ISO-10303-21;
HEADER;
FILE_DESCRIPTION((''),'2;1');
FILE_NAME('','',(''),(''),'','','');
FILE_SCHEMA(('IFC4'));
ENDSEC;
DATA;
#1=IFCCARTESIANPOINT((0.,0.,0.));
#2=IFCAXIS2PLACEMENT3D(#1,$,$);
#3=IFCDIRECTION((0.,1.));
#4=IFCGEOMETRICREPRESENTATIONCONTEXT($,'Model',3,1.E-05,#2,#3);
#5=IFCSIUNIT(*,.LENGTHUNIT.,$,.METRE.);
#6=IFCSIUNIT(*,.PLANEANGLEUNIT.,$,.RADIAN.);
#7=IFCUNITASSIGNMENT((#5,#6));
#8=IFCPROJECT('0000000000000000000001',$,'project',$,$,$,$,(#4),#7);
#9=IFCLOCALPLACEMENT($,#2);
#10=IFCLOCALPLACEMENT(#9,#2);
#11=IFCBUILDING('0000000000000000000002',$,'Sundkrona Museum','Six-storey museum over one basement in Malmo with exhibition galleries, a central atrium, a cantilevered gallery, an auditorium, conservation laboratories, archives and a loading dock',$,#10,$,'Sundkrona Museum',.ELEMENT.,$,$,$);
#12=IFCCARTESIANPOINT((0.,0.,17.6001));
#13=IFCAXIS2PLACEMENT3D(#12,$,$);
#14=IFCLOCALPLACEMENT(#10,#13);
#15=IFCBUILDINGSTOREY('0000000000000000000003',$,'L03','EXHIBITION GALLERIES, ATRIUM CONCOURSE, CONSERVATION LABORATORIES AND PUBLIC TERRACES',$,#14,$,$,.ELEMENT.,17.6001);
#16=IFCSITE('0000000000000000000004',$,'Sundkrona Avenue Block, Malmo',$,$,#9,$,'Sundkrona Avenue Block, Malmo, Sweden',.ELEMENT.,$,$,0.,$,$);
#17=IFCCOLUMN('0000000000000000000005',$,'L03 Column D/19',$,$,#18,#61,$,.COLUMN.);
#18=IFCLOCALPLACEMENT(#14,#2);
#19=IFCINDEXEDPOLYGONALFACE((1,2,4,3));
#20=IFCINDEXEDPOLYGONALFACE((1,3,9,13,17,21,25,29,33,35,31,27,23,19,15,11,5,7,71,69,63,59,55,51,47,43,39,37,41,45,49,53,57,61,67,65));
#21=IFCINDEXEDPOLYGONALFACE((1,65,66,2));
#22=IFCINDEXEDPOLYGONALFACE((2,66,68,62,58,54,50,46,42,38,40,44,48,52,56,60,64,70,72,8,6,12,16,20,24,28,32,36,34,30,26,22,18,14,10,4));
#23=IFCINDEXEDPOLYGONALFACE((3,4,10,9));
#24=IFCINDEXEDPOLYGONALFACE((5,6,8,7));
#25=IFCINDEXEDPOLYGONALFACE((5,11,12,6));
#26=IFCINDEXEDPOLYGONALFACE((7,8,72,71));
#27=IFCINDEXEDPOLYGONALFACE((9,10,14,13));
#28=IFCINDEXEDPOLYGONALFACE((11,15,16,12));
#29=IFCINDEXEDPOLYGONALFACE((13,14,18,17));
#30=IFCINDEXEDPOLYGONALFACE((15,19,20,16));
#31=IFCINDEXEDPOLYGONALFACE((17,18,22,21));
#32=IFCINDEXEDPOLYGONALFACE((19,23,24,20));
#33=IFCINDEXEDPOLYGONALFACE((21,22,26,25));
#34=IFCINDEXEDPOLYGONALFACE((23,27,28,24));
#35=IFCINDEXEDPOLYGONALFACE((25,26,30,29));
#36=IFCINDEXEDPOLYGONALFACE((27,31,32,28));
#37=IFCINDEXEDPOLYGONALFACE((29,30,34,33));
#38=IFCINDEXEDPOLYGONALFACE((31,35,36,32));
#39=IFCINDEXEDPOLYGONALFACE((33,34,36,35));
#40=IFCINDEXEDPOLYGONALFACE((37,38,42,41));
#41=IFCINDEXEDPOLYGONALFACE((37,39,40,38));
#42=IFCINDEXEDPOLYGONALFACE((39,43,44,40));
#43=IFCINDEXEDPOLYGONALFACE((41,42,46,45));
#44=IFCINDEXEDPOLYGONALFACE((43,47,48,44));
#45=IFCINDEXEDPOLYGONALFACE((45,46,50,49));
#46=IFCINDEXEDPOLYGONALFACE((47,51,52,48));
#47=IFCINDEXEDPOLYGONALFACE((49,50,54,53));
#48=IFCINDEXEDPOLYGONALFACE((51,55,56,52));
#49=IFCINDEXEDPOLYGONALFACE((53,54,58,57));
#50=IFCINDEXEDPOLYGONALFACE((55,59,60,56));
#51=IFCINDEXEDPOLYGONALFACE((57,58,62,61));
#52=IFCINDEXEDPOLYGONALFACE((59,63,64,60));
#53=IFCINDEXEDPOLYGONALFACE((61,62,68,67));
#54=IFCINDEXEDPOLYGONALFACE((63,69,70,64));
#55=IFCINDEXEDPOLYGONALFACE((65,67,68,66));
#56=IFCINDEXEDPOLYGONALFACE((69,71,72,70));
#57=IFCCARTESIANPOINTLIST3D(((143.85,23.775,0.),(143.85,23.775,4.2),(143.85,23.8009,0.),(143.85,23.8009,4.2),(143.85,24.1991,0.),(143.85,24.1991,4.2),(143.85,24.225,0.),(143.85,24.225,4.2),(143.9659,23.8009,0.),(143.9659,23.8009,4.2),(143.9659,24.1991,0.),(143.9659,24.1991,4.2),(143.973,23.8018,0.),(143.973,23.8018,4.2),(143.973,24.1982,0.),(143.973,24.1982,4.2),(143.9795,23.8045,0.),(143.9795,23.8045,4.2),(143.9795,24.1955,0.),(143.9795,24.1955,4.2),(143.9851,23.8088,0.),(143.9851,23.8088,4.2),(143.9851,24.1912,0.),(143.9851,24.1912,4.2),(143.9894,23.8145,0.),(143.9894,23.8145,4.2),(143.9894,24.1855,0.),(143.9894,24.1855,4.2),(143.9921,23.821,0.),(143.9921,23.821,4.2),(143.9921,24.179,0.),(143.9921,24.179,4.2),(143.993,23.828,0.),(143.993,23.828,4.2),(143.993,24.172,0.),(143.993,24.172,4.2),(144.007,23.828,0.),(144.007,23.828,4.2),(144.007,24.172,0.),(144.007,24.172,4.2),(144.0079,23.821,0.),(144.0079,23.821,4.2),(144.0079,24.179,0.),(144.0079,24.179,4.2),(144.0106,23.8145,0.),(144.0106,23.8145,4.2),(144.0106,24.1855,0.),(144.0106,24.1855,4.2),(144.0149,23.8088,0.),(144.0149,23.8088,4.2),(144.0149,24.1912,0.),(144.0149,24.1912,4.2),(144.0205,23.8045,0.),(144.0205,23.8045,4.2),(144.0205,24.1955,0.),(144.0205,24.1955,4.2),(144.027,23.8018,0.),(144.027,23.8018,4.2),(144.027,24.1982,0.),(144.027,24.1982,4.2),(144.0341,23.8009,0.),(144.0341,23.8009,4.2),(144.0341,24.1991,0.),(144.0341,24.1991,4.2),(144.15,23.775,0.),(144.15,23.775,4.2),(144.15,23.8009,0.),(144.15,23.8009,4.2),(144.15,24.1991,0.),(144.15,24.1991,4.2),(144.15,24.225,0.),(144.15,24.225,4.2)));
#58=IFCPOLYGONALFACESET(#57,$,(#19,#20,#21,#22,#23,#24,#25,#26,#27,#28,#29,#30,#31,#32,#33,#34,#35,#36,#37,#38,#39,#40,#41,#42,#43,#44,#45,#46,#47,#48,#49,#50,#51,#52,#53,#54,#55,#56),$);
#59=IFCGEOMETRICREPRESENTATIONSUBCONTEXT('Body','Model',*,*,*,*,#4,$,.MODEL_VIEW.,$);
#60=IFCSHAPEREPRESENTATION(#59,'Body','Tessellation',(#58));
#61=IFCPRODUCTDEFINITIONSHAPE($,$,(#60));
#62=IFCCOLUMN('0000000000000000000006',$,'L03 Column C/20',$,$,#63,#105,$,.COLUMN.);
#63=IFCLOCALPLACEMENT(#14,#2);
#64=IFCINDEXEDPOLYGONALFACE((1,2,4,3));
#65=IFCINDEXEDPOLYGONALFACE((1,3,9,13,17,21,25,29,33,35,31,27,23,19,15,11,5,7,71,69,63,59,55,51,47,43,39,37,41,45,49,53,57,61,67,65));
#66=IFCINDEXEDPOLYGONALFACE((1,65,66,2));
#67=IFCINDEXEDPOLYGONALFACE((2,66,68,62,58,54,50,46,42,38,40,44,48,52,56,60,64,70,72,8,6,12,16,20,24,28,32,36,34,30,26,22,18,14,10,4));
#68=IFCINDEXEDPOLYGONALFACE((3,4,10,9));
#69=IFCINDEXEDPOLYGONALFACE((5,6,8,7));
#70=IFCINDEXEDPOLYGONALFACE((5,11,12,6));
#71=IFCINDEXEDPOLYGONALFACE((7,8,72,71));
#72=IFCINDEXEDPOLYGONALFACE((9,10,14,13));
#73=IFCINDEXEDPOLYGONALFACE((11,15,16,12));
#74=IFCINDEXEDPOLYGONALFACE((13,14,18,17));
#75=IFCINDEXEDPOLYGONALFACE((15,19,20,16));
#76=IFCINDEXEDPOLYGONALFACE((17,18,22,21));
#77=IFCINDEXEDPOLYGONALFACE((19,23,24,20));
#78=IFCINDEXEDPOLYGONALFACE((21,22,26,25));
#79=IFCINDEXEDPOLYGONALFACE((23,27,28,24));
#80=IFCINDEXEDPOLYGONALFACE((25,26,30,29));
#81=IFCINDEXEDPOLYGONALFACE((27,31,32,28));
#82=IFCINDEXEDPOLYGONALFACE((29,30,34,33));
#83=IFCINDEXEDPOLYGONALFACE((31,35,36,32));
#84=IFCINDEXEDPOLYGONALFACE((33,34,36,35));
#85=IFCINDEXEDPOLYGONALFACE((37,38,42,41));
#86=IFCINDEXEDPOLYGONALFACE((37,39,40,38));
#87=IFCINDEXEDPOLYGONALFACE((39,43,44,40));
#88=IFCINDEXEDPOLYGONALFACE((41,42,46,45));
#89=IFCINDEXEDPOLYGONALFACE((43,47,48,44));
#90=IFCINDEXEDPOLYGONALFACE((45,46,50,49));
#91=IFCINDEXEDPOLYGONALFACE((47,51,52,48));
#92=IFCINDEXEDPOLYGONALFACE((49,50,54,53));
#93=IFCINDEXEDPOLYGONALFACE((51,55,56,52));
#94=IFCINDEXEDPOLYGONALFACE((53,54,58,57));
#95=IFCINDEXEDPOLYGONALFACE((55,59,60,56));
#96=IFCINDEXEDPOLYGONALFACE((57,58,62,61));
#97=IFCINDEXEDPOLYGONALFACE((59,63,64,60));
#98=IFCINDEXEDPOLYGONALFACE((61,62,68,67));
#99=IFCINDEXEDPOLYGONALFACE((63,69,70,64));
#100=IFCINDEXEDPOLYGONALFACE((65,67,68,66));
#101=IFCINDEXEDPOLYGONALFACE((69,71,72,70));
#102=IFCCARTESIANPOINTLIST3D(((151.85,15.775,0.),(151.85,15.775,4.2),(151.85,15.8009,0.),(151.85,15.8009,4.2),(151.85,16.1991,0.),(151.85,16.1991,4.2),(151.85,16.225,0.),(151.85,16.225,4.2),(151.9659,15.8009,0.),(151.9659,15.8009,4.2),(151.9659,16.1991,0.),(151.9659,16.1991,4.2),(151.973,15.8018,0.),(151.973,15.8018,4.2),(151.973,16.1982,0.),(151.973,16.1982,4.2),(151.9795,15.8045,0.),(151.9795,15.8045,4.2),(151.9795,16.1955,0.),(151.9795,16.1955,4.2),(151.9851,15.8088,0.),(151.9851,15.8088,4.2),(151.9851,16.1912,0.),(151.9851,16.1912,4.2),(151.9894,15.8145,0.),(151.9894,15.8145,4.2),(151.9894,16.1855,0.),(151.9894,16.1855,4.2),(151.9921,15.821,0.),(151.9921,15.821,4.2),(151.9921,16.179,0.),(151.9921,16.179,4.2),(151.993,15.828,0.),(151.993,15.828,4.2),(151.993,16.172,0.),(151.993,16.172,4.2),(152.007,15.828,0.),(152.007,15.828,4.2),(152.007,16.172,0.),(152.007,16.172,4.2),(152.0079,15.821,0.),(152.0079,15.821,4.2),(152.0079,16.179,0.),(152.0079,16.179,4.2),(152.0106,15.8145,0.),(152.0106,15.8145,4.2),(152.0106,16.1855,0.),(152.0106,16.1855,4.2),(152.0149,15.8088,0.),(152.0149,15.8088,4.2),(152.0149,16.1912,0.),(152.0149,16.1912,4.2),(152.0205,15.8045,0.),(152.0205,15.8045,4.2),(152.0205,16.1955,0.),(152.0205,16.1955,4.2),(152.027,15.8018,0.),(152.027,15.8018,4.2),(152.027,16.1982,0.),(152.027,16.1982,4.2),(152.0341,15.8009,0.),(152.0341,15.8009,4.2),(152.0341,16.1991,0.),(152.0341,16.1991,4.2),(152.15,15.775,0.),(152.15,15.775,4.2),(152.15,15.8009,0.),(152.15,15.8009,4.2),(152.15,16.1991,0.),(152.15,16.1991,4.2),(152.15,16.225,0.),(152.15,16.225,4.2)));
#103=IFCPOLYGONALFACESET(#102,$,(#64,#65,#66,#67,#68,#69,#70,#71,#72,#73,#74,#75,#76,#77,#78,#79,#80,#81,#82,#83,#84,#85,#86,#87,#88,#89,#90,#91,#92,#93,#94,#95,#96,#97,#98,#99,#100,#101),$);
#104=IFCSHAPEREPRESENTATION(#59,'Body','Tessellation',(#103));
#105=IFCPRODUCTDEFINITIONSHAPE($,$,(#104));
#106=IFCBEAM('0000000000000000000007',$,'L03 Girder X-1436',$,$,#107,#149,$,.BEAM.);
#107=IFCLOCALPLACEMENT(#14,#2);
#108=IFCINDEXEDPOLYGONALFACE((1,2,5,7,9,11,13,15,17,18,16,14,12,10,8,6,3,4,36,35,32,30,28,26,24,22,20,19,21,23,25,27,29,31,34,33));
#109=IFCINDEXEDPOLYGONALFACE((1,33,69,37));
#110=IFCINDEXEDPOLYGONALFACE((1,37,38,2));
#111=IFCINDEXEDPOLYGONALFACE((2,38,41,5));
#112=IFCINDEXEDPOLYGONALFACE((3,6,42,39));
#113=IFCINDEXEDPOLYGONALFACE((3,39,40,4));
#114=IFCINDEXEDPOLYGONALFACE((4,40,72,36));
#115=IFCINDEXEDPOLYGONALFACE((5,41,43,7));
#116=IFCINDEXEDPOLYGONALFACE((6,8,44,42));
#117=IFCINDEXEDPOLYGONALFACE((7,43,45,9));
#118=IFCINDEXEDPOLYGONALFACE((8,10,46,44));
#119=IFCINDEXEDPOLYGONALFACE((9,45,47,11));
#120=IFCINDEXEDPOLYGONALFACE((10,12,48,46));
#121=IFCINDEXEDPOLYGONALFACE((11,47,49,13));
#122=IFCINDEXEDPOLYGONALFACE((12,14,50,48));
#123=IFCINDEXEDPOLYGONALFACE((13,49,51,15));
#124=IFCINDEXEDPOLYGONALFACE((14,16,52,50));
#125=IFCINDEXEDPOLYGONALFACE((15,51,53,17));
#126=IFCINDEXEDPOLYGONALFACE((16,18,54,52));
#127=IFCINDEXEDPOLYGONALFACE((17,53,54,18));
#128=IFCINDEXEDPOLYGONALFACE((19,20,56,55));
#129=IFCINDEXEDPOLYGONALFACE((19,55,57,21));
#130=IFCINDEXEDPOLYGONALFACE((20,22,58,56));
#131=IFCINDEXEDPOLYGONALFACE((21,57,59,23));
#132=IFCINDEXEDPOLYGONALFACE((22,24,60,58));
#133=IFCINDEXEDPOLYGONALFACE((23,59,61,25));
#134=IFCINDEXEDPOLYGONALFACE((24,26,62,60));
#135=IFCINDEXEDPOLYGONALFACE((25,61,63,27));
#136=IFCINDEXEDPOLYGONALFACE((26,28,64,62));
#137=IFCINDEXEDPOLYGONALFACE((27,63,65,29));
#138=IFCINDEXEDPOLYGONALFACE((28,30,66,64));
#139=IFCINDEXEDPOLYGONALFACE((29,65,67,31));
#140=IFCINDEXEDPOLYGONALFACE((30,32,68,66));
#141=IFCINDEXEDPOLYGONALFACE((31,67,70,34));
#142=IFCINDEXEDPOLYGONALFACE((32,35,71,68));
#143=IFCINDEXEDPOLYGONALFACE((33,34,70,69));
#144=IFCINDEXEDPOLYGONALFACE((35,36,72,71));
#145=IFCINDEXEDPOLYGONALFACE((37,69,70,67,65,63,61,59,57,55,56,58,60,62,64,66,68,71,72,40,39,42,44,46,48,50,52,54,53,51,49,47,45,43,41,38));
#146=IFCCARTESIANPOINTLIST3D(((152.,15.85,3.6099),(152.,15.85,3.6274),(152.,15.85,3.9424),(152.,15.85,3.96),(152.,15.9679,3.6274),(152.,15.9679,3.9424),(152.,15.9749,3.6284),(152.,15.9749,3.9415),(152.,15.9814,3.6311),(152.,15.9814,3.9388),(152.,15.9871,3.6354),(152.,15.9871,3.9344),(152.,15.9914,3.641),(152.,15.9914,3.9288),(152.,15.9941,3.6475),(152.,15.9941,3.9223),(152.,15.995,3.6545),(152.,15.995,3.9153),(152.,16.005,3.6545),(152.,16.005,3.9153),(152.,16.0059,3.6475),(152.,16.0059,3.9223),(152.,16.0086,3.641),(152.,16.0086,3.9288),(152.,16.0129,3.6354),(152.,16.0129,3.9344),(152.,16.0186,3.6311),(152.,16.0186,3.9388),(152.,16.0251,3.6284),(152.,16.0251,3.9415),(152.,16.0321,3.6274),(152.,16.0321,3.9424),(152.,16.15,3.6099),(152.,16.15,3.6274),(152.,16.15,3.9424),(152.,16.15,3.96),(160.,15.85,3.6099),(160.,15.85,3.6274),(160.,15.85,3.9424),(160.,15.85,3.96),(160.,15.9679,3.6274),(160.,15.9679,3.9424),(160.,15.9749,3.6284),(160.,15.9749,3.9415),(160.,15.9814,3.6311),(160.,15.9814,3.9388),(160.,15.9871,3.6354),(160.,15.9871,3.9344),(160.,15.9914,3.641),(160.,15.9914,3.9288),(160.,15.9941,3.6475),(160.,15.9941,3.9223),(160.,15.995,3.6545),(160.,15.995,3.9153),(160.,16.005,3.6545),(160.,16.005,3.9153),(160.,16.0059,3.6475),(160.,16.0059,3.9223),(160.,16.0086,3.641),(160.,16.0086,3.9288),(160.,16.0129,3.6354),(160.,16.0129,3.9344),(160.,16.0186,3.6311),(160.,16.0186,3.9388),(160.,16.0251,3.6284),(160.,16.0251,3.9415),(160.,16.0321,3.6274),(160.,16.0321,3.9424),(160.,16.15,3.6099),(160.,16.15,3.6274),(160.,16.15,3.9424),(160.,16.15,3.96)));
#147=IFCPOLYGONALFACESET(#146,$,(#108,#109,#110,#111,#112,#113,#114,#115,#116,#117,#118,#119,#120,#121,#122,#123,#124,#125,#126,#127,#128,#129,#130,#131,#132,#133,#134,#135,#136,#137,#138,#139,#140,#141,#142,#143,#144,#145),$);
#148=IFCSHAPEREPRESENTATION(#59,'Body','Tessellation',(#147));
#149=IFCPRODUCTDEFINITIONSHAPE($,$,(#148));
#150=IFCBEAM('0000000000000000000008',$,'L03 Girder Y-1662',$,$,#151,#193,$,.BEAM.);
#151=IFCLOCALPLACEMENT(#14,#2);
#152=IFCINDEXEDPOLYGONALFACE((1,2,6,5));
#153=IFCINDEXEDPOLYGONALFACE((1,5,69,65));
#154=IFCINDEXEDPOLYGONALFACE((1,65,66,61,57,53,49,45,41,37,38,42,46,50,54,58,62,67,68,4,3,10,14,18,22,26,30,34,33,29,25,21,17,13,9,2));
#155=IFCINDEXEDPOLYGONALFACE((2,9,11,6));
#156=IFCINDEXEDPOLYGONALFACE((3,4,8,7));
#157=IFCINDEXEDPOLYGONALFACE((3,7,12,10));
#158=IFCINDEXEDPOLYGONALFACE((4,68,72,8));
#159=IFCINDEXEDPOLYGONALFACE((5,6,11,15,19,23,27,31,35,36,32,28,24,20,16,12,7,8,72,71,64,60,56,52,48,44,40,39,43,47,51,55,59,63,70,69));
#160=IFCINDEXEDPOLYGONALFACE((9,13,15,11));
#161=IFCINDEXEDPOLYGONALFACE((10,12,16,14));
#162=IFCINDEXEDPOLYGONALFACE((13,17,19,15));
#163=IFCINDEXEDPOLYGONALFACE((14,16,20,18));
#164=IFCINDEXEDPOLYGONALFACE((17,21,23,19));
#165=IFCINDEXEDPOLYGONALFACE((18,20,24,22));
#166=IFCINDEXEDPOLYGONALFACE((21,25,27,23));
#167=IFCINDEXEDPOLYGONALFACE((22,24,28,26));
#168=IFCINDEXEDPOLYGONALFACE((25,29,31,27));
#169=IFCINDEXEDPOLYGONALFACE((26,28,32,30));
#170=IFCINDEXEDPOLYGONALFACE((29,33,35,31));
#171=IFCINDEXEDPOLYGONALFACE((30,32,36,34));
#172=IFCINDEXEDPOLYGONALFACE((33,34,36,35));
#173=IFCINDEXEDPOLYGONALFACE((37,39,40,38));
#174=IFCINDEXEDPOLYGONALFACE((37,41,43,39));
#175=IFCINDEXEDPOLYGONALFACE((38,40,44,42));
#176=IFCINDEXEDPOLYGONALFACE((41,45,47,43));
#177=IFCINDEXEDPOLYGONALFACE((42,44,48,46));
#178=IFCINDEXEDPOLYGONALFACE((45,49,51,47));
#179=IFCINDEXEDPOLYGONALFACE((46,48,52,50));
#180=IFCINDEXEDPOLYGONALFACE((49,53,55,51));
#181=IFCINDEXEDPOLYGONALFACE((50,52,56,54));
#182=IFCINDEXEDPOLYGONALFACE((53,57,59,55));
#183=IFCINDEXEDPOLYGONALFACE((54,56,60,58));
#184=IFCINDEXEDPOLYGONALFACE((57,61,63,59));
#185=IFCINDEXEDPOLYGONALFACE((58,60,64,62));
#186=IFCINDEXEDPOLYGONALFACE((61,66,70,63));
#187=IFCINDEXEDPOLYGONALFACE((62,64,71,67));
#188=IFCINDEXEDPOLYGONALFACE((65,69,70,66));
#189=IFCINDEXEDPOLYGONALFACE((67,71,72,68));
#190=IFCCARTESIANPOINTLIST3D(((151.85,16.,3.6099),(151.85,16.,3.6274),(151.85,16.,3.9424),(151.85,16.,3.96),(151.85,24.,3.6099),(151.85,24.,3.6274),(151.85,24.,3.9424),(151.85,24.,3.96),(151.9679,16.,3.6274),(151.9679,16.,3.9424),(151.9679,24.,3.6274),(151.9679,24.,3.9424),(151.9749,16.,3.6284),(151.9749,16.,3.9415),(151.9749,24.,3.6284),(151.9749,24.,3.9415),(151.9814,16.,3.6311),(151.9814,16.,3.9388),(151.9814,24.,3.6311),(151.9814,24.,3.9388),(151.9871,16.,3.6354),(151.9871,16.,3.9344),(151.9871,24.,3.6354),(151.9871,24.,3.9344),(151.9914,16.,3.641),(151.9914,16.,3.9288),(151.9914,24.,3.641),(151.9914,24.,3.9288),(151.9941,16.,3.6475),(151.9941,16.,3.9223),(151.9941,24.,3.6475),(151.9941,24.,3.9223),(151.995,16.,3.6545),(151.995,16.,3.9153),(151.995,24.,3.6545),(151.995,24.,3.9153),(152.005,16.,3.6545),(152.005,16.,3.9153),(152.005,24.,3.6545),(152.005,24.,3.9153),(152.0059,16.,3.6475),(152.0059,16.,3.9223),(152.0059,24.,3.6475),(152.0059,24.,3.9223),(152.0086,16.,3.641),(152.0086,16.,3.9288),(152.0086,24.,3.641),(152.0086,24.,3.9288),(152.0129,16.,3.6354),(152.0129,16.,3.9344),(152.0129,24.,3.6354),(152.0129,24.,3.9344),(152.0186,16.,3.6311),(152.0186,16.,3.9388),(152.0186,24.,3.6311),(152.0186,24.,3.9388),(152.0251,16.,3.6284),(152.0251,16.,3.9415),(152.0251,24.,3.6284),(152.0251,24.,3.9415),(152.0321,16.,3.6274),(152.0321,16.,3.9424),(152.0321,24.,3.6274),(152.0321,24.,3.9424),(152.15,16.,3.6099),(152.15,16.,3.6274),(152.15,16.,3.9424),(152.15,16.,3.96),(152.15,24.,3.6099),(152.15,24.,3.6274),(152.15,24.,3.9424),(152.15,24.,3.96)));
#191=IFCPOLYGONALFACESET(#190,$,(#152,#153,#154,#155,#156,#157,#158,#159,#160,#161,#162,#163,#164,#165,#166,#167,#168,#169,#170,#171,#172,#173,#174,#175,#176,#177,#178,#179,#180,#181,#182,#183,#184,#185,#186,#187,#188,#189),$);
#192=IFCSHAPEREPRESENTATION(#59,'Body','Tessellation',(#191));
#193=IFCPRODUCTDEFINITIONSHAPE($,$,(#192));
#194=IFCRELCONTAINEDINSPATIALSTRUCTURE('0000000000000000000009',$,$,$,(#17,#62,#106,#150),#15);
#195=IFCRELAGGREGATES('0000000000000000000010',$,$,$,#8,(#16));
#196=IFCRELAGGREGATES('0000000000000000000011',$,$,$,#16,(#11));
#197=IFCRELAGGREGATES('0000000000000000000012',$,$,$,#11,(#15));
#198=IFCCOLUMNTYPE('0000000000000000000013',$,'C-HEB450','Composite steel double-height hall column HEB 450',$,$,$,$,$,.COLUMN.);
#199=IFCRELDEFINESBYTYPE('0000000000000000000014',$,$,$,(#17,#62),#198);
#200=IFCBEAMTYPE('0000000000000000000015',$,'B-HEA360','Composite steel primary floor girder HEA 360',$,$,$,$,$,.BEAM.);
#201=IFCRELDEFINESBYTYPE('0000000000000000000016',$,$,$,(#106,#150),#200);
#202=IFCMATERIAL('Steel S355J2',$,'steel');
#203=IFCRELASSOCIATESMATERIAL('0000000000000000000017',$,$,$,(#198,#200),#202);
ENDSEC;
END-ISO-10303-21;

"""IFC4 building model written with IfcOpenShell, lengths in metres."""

from ifc_helpers import new_model, si_unit, direction, frame, origin, origin_2d, place, context, subcontext, project, spatial, i_section, extrude, material, material_profile, profile_set, type_object, element, save


model = new_model("IFC4")

# Units and contexts
model_context = context("Model", 3, precision=1e-05, world=origin(), true_north=direction((0.0, 1.0)))
body_context = subcontext(model_context, "Body", "Model", "MODEL_VIEW")
ifc_project = project(units=[si_unit("LENGTHUNIT", "METRE"), si_unit("PLANEANGLEUNIT", "RADIAN")], contexts=[model_context])

# Site, building, storey
site_placement = place(None, origin())
site = spatial("IfcSite", under=ifc_project, at=site_placement, Name="Sundkrona Avenue Block, Malmo", LongName="Sundkrona Avenue Block, Malmo, Sweden", CompositionType="ELEMENT", RefElevation=0.0)
building_placement = place(site_placement, origin())
building = spatial("IfcBuilding", under=site, at=building_placement, Name="Sundkrona Museum", Description="Six-storey museum over one basement in Malmo with exhibition galleries, a central atrium, a cantilevered gallery, an auditorium, conservation laboratories, archives and a loading dock", LongName="Sundkrona Museum", CompositionType="ELEMENT")
storey_placement = place(building_placement, frame((0.0, 0.0, 17.6001)))
storey = spatial("IfcBuildingStorey", under=building, at=storey_placement, Name="L03", Description="EXHIBITION GALLERIES, ATRIUM CONCOURSE, CONSERVATION LABORATORIES AND PUBLIC TERRACES", CompositionType="ELEMENT", Elevation=17.6001)

# Columns
ifc_material_1 = material(Name="Steel S355J2", Category="steel")
ifc_material_profile_1 = material_profile(ifc_material_1, i_section(OverallWidth=0.3, OverallDepth=0.45, WebThickness=0.0139, FlangeThickness=0.0259, FilletRadius=0.0271, at=origin_2d()), Name="HEB 450")
ifc_profile_set_1 = profile_set([ifc_material_profile_1], Name="Steel S355J2")
column_type = type_object("IfcColumnType", Name="C-HEB450", Description="Composite steel double-height hall column HEB 450", PredefinedType="COLUMN", material=ifc_profile_set_1)
for number, where, z_axis, x_axis, name in (
    (1, (144.0, 24.0, 0.0), (0.0, 0.0, 1.0), (1.0, 0.0, 0.0), "L03 Column D/19"),
    (2, (152.0, 16.0, 0.0), (0.0, 0.0, 1.0), (1.0, 0.0, 0.0), "L03 Column C/20"),
):
    element("IfcColumn", number, at=place(storey_placement, frame(where, z_axis=z_axis, x_axis=x_axis)), inside=storey, type_object=column_type, Name=name, PredefinedType="COLUMN", context=body_context, shape_type="SweptSolid", body=[
        extrude(i_section(OverallWidth=0.3, OverallDepth=0.45, WebThickness=0.0139, FlangeThickness=0.0259, FilletRadius=0.0271, at=origin_2d()), origin(), (0.0, 0.0, 1.0), 4.2),
    ])

# Beams
ifc_material_profile_2 = material_profile(ifc_material_1, i_section(OverallWidth=0.3, OverallDepth=0.3501, WebThickness=0.01, FlangeThickness=0.0176, FilletRadius=0.0271, at=origin_2d()), Name="HEA 360")
ifc_profile_set_2 = profile_set([ifc_material_profile_2], Name="Steel S355J2")
beam_type = type_object("IfcBeamType", Name="B-HEA360", Description="Composite steel primary floor girder HEA 360", PredefinedType="BEAM", material=ifc_profile_set_2)
for number, where, z_axis, x_axis, name in (
    (3, (152.0, 16.0, 3.7849), (1.0, 0.0, 0.0), (0.0, 1.0, 0.0), "L03 Girder X-1436"),
    (4, (152.0, 16.0, 3.7849), (0.0, 1.0, 0.0), (-1.0, 0.0, 0.0), "L03 Girder Y-1662"),
):
    element("IfcBeam", number, at=place(storey_placement, frame(where, z_axis=z_axis, x_axis=x_axis)), inside=storey, type_object=beam_type, Name=name, PredefinedType="BEAM", context=body_context, shape_type="SweptSolid", body=[
        extrude(i_section(OverallWidth=0.3, OverallDepth=0.3501, WebThickness=0.01, FlangeThickness=0.0176, FilletRadius=0.0271, at=origin_2d()), origin(), (0.0, 0.0, 1.0), 8.0),
    ])

save(model, "model.ifc")
